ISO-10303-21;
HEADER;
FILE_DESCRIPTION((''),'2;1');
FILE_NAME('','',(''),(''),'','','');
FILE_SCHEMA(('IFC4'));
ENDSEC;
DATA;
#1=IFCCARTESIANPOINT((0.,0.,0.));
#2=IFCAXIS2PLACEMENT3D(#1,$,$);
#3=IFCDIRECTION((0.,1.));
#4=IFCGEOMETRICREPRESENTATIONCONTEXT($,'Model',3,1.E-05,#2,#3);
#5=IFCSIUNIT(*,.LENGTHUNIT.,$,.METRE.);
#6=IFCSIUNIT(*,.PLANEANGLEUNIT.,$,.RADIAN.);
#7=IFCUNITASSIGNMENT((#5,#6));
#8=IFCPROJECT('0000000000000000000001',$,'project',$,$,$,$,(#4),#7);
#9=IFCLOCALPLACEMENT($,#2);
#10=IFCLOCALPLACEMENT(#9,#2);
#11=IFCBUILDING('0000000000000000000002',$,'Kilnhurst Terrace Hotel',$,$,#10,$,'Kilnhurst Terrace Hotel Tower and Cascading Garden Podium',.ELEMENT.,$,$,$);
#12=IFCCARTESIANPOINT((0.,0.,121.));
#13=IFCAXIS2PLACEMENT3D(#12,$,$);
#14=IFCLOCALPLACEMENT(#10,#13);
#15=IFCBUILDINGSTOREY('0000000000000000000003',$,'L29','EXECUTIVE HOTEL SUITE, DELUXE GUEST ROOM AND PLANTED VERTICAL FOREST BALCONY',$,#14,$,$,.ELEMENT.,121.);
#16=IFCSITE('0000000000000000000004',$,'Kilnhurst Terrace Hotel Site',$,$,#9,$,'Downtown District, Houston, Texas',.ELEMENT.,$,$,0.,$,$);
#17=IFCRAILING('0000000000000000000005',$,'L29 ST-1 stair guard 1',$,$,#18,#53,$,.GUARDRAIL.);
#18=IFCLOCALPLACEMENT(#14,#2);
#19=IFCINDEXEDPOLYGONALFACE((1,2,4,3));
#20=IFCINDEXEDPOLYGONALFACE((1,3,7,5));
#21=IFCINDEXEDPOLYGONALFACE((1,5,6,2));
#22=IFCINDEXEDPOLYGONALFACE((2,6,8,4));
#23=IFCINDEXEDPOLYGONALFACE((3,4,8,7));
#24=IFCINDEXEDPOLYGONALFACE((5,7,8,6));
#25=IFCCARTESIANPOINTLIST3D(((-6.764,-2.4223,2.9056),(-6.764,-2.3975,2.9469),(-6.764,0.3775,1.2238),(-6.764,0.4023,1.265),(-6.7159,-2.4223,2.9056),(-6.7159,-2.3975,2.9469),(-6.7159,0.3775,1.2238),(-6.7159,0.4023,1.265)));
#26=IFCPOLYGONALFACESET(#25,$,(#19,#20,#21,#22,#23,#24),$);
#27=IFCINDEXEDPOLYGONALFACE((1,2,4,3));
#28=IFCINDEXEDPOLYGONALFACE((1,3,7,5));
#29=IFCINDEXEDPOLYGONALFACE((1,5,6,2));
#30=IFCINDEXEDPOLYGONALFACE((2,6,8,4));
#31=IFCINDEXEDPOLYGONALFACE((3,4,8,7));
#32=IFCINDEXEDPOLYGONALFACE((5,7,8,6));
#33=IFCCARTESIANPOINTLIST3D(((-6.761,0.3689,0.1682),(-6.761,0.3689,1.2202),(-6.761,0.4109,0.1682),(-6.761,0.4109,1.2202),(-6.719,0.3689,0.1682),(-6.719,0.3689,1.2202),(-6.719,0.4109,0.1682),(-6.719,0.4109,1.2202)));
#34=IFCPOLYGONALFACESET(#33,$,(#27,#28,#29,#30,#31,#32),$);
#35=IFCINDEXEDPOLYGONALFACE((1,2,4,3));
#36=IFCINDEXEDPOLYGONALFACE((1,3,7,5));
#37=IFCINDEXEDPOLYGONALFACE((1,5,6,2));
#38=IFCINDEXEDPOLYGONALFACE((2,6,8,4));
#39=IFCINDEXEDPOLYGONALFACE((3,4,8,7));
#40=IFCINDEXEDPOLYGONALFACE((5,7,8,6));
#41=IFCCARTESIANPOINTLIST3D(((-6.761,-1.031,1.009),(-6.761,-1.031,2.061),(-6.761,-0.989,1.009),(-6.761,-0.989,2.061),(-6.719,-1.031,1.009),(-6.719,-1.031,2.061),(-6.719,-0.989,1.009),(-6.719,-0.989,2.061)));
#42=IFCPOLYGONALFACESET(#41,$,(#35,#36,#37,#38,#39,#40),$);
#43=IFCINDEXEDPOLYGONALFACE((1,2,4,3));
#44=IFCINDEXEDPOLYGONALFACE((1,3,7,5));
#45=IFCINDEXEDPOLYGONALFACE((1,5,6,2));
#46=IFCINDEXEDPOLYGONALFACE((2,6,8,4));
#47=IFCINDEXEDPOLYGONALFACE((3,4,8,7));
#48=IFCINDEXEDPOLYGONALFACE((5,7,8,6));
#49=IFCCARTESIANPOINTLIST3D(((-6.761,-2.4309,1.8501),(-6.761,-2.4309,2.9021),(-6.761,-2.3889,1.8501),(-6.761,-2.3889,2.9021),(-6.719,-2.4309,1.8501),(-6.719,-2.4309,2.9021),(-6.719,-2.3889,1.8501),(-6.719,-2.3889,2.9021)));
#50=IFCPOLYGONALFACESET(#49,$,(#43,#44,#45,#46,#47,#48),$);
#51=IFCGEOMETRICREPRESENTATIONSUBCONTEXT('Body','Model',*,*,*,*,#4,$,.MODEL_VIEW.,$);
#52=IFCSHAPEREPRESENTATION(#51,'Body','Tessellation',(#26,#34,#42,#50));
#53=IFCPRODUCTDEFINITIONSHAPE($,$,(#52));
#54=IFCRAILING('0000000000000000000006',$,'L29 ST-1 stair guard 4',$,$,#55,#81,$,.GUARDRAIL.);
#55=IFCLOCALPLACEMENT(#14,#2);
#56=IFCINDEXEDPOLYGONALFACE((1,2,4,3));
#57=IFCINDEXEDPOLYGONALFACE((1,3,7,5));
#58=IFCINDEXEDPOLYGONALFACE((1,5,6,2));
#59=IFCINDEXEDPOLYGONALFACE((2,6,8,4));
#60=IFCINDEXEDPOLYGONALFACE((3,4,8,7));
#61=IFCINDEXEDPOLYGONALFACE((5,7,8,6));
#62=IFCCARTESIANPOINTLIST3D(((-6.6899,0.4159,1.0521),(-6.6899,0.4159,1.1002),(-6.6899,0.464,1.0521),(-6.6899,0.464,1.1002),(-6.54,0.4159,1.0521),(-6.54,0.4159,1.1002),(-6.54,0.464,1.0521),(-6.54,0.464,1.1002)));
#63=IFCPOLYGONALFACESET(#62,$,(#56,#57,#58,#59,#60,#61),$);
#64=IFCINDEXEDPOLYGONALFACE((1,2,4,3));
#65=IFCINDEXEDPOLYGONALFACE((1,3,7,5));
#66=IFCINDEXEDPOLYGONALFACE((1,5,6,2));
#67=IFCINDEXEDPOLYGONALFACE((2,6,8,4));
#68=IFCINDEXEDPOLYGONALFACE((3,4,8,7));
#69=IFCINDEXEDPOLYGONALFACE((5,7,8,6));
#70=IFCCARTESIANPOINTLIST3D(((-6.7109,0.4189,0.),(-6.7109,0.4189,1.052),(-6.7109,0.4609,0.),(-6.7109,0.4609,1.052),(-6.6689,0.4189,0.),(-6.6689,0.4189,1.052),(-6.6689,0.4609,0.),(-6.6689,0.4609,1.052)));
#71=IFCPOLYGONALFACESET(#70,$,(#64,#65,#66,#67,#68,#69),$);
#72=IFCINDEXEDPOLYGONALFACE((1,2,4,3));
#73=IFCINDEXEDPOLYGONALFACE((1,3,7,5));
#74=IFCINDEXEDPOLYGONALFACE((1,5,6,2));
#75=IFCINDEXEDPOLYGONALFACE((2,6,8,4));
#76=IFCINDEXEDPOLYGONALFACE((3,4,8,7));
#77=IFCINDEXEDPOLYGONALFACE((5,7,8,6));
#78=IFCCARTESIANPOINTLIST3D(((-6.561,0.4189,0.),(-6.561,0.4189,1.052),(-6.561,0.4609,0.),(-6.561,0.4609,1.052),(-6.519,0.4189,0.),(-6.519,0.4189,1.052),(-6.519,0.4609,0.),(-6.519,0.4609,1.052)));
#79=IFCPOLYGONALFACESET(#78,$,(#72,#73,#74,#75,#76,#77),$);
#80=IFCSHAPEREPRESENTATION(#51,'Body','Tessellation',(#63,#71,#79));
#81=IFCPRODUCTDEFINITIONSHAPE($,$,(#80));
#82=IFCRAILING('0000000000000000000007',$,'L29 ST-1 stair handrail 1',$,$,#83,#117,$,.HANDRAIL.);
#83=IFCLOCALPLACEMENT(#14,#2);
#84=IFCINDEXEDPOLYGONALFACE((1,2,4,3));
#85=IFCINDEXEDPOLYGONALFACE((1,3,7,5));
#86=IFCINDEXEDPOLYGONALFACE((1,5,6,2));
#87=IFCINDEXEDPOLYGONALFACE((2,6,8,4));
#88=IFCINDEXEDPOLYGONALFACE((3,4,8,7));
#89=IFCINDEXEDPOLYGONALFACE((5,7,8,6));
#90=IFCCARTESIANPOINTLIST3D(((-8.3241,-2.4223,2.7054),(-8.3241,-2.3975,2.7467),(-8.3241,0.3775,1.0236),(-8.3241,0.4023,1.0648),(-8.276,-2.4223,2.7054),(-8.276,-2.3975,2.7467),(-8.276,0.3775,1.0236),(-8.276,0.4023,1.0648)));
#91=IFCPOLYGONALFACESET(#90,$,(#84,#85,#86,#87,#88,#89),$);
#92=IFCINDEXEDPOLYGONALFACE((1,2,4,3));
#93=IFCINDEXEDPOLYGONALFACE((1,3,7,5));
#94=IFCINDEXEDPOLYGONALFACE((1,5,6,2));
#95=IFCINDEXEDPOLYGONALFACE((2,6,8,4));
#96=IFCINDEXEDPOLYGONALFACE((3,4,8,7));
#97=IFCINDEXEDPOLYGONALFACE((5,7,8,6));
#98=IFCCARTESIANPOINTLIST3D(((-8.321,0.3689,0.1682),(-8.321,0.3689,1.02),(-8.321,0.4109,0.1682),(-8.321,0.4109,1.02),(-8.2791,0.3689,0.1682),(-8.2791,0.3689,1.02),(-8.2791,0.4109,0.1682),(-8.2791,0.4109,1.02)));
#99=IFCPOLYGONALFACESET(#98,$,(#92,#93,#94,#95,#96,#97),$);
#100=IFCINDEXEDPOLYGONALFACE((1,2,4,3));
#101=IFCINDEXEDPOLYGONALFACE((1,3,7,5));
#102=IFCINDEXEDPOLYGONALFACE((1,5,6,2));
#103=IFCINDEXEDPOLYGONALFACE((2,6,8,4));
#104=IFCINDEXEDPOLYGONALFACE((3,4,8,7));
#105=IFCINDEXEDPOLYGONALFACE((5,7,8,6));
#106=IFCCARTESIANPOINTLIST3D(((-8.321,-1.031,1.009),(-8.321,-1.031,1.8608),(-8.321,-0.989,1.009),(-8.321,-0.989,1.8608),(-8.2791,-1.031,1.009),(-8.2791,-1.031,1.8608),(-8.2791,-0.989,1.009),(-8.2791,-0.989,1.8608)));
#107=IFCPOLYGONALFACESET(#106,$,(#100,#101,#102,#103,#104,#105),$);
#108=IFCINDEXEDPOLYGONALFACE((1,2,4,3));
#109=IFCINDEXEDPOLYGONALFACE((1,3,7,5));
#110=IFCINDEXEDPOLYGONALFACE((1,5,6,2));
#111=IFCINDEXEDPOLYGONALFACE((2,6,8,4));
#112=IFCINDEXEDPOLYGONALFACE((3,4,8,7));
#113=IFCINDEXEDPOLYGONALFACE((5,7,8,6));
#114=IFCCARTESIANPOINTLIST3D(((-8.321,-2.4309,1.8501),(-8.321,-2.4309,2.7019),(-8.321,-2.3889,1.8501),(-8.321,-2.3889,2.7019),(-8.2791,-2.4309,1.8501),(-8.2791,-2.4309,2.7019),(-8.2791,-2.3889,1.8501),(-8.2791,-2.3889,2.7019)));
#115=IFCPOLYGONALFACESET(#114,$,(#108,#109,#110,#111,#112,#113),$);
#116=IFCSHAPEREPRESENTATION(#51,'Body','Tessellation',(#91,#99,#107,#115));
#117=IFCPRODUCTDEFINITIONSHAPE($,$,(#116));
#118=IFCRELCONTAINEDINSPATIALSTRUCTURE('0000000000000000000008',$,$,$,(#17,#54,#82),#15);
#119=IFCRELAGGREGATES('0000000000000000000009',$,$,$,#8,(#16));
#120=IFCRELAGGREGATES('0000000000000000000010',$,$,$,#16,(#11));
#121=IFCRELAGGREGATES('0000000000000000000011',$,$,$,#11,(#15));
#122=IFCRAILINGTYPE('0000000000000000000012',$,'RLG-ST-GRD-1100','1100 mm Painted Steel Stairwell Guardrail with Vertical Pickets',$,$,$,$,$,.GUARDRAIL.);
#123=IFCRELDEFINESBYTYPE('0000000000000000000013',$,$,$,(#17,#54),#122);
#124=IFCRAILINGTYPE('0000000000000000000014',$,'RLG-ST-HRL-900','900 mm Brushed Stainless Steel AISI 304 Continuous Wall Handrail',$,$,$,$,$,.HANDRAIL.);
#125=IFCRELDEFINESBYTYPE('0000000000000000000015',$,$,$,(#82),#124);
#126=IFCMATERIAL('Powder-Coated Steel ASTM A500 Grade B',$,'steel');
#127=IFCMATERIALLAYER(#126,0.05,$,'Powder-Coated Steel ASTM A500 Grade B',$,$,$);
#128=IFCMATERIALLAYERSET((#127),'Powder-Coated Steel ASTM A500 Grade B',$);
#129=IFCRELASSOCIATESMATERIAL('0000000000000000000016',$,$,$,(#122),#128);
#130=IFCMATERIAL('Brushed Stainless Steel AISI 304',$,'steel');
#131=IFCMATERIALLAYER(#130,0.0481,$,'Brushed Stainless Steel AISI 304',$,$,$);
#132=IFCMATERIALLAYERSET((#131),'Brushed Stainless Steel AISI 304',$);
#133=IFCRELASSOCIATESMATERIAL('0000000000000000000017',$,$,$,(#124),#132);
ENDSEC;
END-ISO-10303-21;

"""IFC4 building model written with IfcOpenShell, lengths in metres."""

from ifc_helpers import new_model, si_unit, direction, frame, origin, origin_2d, place, context, subcontext, project, spatial, rectangle, extrude, material, layer, layer_set, type_object, element, save


model = new_model("IFC4")

# Units and contexts
model_context = context("Model", 3, precision=1e-05, world=origin(), true_north=direction((0.0, 1.0)))
body_context = subcontext(model_context, "Body", "Model", "MODEL_VIEW")
ifc_project = project(units=[si_unit("LENGTHUNIT", "METRE"), si_unit("PLANEANGLEUNIT", "RADIAN")], contexts=[model_context])

# Site, building, storey
site_placement = place(None, origin())
site = spatial("IfcSite", under=ifc_project, at=site_placement, Name="Kilnhurst Terrace Hotel Site", LongName="Downtown District, Houston, Texas", CompositionType="ELEMENT", RefElevation=0.0)
building_placement = place(site_placement, origin())
building = spatial("IfcBuilding", under=site, at=building_placement, Name="Kilnhurst Terrace Hotel", LongName="Kilnhurst Terrace Hotel Tower and Cascading Garden Podium", CompositionType="ELEMENT")
storey_placement = place(building_placement, frame((0.0, 0.0, 121.0)))
storey = spatial("IfcBuildingStorey", under=building, at=storey_placement, Name="L29", Description="EXECUTIVE HOTEL SUITE, DELUXE GUEST ROOM AND PLANTED VERTICAL FOREST BALCONY", CompositionType="ELEMENT", Elevation=121.0)

# Railings
ifc_material_1 = material(Name="Powder-Coated Steel ASTM A500 Grade B", Category="steel")
ifc_layer_1 = layer(ifc_material_1, 0.05, Name="Powder-Coated Steel ASTM A500 Grade B")
ifc_layer_set_1 = layer_set([ifc_layer_1], Name="Powder-Coated Steel ASTM A500 Grade B")
railing_type_1 = type_object("IfcRailingType", Name="RLG-ST-GRD-1100", Description="1100 mm Painted Steel Stairwell Guardrail with Vertical Pickets", PredefinedType="GUARDRAIL", material=ifc_layer_set_1)
railing_1_placement = place(storey_placement, frame((-6.74, 0.3899, 0.1682)))
element("IfcRailing", 1, at=railing_1_placement, inside=storey, type_object=railing_type_1, Name="L29 ST-1 stair guard 1", PredefinedType="GUARDRAIL", context=body_context, shape_type="SweptSolid", body=[
    extrude(rectangle(XDim=0.0481, YDim=0.0481, at=origin_2d()), frame((0.0, 0.0, 1.0762), z_axis=(0.0, -0.857222, 0.514946), x_axis=(1.0, 0.0, 0.0)), (0.0, 0.0, 1.0), 3.2661),
    extrude(rectangle(XDim=0.042, YDim=0.042, at=origin_2d()), origin(), (0.0, 0.0, 1.0), 1.052),
    extrude(rectangle(XDim=0.042, YDim=0.042, at=origin_2d()), frame((0.0, -1.3999, 0.8408)), (0.0, 0.0, 1.0), 1.052),
    extrude(rectangle(XDim=0.042, YDim=0.042, at=origin_2d()), frame((0.0, -2.7998, 1.6819)), (0.0, 0.0, 1.0), 1.052),
])
railing_2_placement = place(storey_placement, frame((-6.6899, 0.4399, 0.0)))
element("IfcRailing", 2, at=railing_2_placement, inside=storey, type_object=railing_type_1, Name="L29 ST-1 stair guard 4", PredefinedType="GUARDRAIL", context=body_context, shape_type="SweptSolid", body=[
    extrude(rectangle(XDim=0.0481, YDim=0.0481, at=origin_2d()), frame((0.0, 0.0, 1.0762), z_axis=(1.0, 0.0, 0.0), x_axis=(0.0, 1.0, 0.0)), (0.0, 0.0, 1.0), 0.1499),
    extrude(rectangle(XDim=0.042, YDim=0.042, at=origin_2d()), origin(), (0.0, 0.0, 1.0), 1.052),
    extrude(rectangle(XDim=0.042, YDim=0.042, at=origin_2d()), frame((0.1499, 0.0, 0.0)), (0.0, 0.0, 1.0), 1.052),
])
ifc_material_2 = material(Name="Brushed Stainless Steel AISI 304", Category="steel")
ifc_layer_2 = layer(ifc_material_2, 0.0481, Name="Brushed Stainless Steel AISI 304")
ifc_layer_set_2 = layer_set([ifc_layer_2], Name="Brushed Stainless Steel AISI 304")
railing_type_2 = type_object("IfcRailingType", Name="RLG-ST-HRL-900", Description="900 mm Brushed Stainless Steel AISI 304 Continuous Wall Handrail", PredefinedType="HANDRAIL", material=ifc_layer_set_2)
railing_3_placement = place(storey_placement, frame((-8.3, 0.3899, 0.1682)))
element("IfcRailing", 3, at=railing_3_placement, inside=storey, type_object=railing_type_2, Name="L29 ST-1 stair handrail 1", PredefinedType="HANDRAIL", context=body_context, shape_type="SweptSolid", body=[
    extrude(rectangle(XDim=0.0481, YDim=0.0481, at=origin_2d()), frame((0.0, 0.0, 0.876), z_axis=(0.0, -0.857222, 0.514946), x_axis=(1.0, 0.0, 0.0)), (0.0, 0.0, 1.0), 3.2661),
    extrude(rectangle(XDim=0.042, YDim=0.042, at=origin_2d()), origin(), (0.0, 0.0, 1.0), 0.8518),
    extrude(rectangle(XDim=0.042, YDim=0.042, at=origin_2d()), frame((0.0, -1.3999, 0.8408)), (0.0, 0.0, 1.0), 0.8518),
    extrude(rectangle(XDim=0.042, YDim=0.042, at=origin_2d()), frame((0.0, -2.7998, 1.6819)), (0.0, 0.0, 1.0), 0.8518),
])

save(model, "model.ifc")
